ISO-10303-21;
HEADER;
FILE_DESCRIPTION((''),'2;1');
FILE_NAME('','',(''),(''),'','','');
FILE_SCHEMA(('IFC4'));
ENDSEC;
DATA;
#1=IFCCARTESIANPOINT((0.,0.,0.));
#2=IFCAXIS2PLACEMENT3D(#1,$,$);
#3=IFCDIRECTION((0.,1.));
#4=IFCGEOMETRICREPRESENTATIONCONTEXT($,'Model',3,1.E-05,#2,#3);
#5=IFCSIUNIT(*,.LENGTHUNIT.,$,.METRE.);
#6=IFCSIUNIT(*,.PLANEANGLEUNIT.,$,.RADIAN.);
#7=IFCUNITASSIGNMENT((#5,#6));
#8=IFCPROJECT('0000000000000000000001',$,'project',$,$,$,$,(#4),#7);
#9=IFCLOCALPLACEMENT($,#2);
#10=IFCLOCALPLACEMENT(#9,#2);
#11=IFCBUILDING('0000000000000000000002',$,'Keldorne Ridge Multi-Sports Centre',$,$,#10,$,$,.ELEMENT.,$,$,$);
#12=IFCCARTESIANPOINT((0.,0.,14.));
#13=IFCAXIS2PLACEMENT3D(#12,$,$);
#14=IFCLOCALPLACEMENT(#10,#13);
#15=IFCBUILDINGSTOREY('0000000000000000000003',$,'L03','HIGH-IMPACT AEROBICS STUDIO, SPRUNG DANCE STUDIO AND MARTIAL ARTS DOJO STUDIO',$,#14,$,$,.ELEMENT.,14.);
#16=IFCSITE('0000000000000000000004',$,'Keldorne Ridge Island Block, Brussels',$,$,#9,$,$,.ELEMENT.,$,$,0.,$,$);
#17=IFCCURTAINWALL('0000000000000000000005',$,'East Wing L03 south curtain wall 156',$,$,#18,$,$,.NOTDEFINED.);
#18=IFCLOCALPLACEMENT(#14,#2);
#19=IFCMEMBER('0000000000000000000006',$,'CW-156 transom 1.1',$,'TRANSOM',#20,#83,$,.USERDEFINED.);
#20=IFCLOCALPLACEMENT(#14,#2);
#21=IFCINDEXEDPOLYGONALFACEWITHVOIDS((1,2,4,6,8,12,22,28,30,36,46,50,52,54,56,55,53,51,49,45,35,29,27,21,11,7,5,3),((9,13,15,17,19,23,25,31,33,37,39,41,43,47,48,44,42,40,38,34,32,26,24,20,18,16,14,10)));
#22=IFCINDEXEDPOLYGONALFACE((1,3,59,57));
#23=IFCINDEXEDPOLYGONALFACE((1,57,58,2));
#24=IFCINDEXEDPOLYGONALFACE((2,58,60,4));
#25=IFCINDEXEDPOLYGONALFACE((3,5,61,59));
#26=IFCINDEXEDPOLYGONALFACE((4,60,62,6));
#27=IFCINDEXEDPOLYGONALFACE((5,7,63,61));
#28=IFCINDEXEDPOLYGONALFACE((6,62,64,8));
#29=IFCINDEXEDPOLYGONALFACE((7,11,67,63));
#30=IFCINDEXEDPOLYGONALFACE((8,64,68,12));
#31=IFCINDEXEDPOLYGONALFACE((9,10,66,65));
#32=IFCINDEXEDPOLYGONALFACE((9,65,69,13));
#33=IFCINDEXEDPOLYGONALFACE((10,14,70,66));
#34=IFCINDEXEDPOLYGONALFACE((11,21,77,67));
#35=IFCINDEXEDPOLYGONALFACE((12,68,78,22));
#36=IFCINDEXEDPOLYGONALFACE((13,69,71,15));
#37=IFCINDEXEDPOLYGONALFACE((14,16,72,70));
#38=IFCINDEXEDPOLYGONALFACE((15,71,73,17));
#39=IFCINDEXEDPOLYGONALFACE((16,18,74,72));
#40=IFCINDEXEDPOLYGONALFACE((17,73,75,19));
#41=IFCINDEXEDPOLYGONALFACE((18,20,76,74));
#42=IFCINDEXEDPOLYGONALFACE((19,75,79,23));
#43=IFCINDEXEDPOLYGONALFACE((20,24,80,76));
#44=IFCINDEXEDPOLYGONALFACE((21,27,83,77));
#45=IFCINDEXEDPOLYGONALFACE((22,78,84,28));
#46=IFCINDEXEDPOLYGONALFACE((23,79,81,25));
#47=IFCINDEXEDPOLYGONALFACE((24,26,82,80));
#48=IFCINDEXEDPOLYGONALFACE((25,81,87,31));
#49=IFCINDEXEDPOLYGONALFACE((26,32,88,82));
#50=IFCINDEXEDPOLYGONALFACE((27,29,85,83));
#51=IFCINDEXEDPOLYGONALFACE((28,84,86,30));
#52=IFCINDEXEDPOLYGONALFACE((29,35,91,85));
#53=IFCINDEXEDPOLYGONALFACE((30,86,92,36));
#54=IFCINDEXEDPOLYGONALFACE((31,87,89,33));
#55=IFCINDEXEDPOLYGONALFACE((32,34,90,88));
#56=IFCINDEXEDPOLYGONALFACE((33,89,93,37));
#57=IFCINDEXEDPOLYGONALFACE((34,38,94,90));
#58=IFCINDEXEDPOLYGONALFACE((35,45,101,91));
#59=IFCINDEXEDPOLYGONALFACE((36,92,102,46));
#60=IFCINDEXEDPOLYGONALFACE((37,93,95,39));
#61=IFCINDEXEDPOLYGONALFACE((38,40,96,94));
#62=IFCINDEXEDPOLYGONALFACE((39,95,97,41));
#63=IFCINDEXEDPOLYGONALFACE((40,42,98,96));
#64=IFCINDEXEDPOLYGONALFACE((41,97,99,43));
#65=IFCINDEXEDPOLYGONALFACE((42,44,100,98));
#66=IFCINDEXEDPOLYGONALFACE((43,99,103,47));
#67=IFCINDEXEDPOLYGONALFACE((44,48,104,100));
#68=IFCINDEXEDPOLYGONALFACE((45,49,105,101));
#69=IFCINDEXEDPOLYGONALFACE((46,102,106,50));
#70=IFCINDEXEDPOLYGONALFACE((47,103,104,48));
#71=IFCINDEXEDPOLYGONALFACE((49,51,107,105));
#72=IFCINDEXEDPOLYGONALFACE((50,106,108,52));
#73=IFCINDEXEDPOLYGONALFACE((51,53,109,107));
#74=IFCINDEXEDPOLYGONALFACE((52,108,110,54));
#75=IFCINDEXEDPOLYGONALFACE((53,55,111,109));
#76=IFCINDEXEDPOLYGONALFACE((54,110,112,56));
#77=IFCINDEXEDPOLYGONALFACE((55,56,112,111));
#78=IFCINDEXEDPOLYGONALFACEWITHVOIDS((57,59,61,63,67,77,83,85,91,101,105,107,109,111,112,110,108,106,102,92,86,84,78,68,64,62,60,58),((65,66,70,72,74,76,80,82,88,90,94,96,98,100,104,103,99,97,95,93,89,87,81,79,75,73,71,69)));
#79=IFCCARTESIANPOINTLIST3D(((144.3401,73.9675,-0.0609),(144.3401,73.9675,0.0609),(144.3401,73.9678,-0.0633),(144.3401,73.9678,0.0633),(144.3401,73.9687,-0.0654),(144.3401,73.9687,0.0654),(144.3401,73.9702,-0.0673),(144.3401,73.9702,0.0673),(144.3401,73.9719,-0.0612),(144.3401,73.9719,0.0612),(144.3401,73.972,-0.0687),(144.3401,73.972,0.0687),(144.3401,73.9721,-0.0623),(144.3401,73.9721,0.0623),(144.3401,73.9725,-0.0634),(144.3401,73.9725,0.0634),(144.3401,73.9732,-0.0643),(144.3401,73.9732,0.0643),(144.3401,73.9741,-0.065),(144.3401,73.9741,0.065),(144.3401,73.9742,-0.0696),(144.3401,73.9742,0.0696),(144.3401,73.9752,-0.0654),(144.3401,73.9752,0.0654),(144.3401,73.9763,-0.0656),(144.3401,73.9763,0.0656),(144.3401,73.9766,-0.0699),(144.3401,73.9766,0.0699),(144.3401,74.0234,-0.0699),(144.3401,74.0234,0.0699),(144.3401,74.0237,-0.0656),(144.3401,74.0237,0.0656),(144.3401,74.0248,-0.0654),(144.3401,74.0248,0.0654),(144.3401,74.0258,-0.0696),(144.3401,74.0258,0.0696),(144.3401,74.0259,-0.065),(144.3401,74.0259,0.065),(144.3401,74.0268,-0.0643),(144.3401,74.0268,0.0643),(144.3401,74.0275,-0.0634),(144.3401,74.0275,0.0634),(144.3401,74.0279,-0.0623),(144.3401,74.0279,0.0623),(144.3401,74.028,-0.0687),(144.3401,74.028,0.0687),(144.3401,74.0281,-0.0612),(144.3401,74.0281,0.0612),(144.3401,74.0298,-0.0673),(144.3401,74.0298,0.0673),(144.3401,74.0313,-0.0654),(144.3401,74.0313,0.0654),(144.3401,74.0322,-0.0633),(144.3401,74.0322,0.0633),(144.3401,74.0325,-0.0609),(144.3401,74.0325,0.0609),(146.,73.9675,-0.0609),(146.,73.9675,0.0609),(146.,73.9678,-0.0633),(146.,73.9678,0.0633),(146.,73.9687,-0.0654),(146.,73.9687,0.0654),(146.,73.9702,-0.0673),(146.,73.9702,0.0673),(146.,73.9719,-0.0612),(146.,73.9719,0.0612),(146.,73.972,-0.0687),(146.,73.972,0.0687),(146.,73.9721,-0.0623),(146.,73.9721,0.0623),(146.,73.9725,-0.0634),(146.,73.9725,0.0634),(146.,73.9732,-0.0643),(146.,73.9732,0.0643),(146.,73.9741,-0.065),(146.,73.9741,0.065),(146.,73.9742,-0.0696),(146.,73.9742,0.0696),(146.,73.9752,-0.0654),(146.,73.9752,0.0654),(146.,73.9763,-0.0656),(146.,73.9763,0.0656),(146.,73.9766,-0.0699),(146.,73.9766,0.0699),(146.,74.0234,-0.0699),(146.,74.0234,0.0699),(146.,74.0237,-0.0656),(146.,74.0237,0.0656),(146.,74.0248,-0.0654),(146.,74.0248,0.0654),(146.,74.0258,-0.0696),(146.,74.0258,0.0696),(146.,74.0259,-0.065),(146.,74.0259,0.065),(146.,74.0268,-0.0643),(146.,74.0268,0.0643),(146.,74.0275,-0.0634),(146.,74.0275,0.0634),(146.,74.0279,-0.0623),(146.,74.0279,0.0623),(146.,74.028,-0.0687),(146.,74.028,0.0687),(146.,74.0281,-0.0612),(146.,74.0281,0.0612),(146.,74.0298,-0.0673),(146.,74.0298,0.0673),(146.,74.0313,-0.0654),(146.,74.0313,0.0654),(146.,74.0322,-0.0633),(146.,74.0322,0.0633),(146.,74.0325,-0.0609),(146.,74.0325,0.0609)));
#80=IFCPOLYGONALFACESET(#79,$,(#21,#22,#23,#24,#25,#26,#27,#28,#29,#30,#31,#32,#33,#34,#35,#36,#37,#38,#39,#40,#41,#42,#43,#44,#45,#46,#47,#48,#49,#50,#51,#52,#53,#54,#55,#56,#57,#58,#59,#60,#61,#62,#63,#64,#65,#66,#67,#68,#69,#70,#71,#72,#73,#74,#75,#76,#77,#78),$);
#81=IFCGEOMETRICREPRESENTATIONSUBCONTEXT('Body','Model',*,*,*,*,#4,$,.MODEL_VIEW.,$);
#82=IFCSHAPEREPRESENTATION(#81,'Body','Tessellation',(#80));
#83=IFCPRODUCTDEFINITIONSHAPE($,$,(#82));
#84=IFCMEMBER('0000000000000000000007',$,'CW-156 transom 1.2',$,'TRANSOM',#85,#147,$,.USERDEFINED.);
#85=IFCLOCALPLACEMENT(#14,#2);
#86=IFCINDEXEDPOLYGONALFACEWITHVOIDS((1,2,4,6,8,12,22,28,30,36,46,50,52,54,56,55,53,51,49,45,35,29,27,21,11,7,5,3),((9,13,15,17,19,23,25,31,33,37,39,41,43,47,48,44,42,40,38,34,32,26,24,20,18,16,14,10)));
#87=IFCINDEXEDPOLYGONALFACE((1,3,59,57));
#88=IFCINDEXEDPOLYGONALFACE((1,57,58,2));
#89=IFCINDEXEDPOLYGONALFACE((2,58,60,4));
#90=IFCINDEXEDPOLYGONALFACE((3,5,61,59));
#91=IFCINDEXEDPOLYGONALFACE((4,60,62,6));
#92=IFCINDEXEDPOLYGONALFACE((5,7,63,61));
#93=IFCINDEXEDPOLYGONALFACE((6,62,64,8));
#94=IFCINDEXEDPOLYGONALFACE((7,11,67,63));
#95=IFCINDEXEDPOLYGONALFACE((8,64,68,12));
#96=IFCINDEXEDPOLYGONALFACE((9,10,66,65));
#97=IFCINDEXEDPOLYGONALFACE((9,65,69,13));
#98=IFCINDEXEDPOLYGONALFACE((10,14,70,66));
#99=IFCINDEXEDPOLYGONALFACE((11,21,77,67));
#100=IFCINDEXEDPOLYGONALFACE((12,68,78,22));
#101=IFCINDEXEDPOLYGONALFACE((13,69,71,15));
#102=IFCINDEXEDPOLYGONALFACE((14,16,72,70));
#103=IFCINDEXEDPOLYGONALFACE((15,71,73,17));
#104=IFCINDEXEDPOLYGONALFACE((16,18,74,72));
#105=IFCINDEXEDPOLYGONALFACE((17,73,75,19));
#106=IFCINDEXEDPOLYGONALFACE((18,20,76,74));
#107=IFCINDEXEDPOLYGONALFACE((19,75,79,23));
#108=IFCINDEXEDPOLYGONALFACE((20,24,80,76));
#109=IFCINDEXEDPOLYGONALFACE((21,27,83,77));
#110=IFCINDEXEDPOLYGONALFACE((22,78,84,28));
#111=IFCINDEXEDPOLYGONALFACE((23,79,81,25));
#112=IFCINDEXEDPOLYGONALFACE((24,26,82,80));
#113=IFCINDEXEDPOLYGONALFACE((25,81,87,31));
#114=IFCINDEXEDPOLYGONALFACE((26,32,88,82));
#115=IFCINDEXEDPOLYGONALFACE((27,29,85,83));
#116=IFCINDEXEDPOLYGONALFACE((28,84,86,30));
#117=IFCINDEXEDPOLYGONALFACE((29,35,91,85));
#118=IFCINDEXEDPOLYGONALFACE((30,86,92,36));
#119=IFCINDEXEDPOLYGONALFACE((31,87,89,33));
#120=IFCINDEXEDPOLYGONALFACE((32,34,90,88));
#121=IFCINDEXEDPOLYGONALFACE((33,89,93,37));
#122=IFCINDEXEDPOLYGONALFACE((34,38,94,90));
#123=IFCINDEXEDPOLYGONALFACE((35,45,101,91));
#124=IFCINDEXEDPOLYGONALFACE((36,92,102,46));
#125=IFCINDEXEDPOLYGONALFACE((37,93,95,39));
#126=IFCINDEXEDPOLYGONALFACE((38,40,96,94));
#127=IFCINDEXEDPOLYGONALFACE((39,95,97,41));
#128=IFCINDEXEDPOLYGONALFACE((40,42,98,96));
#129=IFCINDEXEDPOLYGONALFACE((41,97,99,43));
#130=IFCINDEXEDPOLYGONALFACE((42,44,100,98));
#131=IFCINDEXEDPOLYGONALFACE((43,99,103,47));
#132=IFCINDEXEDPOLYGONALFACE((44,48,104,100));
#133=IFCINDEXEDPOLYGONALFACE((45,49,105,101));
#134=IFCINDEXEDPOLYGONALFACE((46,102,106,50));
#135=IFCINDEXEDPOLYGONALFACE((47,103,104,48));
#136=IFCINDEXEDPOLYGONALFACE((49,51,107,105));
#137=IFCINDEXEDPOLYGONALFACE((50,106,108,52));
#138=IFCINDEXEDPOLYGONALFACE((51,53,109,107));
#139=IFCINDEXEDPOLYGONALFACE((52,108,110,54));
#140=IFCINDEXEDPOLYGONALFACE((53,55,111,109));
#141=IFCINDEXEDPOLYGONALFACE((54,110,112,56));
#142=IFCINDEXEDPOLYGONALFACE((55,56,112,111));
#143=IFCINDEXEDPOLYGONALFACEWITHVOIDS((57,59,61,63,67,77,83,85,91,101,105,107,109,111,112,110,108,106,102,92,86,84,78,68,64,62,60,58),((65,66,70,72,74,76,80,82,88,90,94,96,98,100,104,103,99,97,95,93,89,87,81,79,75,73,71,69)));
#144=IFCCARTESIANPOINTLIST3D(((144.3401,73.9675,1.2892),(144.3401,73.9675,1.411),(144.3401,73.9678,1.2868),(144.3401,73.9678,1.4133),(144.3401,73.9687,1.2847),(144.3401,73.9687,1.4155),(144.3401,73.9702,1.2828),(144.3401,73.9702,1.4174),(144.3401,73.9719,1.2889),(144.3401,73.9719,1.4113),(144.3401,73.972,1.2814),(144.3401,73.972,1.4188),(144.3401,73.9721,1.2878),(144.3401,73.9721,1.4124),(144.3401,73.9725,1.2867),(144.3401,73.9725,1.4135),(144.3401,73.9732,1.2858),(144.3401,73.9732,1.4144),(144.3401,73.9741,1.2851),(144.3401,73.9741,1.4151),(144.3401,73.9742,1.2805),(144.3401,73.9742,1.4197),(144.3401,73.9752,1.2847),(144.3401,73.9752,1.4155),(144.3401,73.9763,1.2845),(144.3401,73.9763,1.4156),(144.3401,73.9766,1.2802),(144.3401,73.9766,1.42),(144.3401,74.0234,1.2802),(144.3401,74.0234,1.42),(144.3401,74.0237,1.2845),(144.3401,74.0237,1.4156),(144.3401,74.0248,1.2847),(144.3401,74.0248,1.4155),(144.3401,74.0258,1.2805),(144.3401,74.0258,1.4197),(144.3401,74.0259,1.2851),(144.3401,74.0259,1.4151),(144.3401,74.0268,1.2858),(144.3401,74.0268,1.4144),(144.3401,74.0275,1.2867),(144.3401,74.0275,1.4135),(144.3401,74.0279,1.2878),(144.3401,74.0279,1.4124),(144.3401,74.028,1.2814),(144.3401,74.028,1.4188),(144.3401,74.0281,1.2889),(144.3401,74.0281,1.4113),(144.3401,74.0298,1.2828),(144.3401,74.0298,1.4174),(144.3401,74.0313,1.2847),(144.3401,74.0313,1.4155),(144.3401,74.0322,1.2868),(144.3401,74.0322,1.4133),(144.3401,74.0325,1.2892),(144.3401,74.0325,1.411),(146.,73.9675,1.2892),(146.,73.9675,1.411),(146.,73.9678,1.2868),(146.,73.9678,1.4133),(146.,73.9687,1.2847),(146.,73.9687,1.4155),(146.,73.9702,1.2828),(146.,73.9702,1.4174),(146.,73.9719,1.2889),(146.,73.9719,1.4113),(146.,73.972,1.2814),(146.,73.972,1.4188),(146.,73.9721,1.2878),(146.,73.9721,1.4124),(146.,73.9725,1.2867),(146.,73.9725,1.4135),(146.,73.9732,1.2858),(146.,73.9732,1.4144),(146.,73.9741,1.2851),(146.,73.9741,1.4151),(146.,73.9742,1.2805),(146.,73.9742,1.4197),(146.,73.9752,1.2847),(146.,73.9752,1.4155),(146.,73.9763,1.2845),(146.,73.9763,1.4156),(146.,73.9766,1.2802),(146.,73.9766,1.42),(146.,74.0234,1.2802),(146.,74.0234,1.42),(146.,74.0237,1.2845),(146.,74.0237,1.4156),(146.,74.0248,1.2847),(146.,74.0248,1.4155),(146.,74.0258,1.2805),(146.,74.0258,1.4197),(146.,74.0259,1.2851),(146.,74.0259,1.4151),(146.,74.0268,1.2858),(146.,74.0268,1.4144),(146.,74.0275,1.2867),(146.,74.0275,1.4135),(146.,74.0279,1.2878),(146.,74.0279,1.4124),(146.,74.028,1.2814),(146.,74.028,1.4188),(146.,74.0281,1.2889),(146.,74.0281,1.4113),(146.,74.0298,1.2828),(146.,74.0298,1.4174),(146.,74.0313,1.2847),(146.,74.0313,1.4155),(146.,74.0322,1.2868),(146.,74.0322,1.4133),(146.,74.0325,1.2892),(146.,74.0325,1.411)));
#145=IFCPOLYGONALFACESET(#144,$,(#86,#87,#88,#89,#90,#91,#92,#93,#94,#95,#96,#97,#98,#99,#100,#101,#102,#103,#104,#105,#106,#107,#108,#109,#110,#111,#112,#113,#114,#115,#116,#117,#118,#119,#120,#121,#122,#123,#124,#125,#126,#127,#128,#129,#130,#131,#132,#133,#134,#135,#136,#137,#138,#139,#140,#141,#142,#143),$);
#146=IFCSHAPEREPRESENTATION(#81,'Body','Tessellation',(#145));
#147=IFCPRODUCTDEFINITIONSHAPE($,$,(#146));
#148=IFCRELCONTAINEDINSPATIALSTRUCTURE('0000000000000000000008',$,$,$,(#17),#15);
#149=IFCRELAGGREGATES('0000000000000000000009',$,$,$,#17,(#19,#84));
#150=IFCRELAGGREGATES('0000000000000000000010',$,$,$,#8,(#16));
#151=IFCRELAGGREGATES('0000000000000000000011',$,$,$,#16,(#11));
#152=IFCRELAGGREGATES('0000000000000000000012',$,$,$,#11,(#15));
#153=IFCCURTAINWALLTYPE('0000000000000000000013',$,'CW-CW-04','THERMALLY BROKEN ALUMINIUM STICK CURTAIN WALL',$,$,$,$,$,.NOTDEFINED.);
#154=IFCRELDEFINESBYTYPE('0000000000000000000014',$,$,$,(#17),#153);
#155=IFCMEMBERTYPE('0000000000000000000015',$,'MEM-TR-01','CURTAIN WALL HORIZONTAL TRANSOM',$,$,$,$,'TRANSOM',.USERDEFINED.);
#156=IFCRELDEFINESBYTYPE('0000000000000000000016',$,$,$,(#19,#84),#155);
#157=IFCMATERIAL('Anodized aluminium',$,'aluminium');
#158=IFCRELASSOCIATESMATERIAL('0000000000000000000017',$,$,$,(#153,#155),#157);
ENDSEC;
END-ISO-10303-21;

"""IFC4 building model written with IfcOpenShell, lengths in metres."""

from ifc_helpers import new_model, si_unit, direction, frame, origin, origin_2d, place, context, subcontext, project, spatial, hollow_rectangle, extrude, material, material_profile, profile_set, type_object, element, aggregate, save


model = new_model("IFC4")

# Units and contexts
model_context = context("Model", 3, precision=1e-05, world=origin(), true_north=direction((0.0, 1.0)))
body_context = subcontext(model_context, "Body", "Model", "MODEL_VIEW")
ifc_project = project(units=[si_unit("LENGTHUNIT", "METRE"), si_unit("PLANEANGLEUNIT", "RADIAN")], contexts=[model_context])

# Site, building, storey
site_placement = place(None, origin())
site = spatial("IfcSite", under=ifc_project, at=site_placement, Name="Keldorne Ridge Island Block, Brussels", CompositionType="ELEMENT", RefElevation=0.0)
building_placement = place(site_placement, origin())
building = spatial("IfcBuilding", under=site, at=building_placement, Name="Keldorne Ridge Multi-Sports Centre", CompositionType="ELEMENT")
storey_placement = place(building_placement, frame((0.0, 0.0, 14.0)))
storey = spatial("IfcBuildingStorey", under=building, at=storey_placement, Name="L03", Description="HIGH-IMPACT AEROBICS STUDIO, SPRUNG DANCE STUDIO AND MARTIAL ARTS DOJO STUDIO", CompositionType="ELEMENT", Elevation=14.0)

# Curtain wall, members
ifc_material_1 = material(Name="Anodized aluminium", Category="aluminium")
curtain_wall_type = type_object("IfcCurtainWallType", Name="CW-CW-04", Description="THERMALLY BROKEN ALUMINIUM STICK CURTAIN WALL", PredefinedType="NOTDEFINED", material=ifc_material_1)
curtain_wall_placement = place(storey_placement, origin())
curtain_wall = element("IfcCurtainWall", 1, at=curtain_wall_placement, inside=storey, type_object=curtain_wall_type, Name="East Wing L03 south curtain wall 156", PredefinedType="NOTDEFINED")
ifc_material_profile_1 = material_profile(ifc_material_1, hollow_rectangle(XDim=0.0649, YDim=0.1399, WallThickness=0.0044, InnerFilletRadius=0.0044, OuterFilletRadius=0.009, at=origin_2d()), Name="ALU TRANSOM 140x65x4.5")
ifc_profile_set_1 = profile_set([ifc_material_profile_1], Name="Anodized aluminium")
member_type = type_object("IfcMemberType", Name="MEM-TR-01", Description="CURTAIN WALL HORIZONTAL TRANSOM", ElementType="TRANSOM", PredefinedType="USERDEFINED", material=ifc_profile_set_1)
member_1_placement = place(storey_placement, frame((144.3401, 74.0, 0.0), z_axis=(1.0, 0.0, 0.0), x_axis=(0.0, 1.0, 0.0)))
member_1 = element("IfcMember", 2, at=member_1_placement, type_object=member_type, Name="CW-156 transom 1.1", ObjectType="TRANSOM", PredefinedType="USERDEFINED", context=body_context, shape_type="SweptSolid", body=[
    extrude(hollow_rectangle(XDim=0.0649, YDim=0.1399, WallThickness=0.0044, InnerFilletRadius=0.0044, OuterFilletRadius=0.009, at=origin_2d()), origin(), (0.0, 0.0, 1.0), 1.6599),
])
member_2_placement = place(storey_placement, frame((144.3401, 74.0, 1.3501), z_axis=(1.0, 0.0, 0.0), x_axis=(0.0, 1.0, 0.0)))
member_2 = element("IfcMember", 3, at=member_2_placement, type_object=member_type, Name="CW-156 transom 1.2", ObjectType="TRANSOM", PredefinedType="USERDEFINED", context=body_context, shape_type="SweptSolid", body=[
    extrude(hollow_rectangle(XDim=0.0649, YDim=0.1399, WallThickness=0.0044, InnerFilletRadius=0.0044, OuterFilletRadius=0.009, at=origin_2d()), origin(), (0.0, 0.0, 1.0), 1.6599),
])
aggregate(curtain_wall, [member_1, member_2])

save(model, "model.ifc")
